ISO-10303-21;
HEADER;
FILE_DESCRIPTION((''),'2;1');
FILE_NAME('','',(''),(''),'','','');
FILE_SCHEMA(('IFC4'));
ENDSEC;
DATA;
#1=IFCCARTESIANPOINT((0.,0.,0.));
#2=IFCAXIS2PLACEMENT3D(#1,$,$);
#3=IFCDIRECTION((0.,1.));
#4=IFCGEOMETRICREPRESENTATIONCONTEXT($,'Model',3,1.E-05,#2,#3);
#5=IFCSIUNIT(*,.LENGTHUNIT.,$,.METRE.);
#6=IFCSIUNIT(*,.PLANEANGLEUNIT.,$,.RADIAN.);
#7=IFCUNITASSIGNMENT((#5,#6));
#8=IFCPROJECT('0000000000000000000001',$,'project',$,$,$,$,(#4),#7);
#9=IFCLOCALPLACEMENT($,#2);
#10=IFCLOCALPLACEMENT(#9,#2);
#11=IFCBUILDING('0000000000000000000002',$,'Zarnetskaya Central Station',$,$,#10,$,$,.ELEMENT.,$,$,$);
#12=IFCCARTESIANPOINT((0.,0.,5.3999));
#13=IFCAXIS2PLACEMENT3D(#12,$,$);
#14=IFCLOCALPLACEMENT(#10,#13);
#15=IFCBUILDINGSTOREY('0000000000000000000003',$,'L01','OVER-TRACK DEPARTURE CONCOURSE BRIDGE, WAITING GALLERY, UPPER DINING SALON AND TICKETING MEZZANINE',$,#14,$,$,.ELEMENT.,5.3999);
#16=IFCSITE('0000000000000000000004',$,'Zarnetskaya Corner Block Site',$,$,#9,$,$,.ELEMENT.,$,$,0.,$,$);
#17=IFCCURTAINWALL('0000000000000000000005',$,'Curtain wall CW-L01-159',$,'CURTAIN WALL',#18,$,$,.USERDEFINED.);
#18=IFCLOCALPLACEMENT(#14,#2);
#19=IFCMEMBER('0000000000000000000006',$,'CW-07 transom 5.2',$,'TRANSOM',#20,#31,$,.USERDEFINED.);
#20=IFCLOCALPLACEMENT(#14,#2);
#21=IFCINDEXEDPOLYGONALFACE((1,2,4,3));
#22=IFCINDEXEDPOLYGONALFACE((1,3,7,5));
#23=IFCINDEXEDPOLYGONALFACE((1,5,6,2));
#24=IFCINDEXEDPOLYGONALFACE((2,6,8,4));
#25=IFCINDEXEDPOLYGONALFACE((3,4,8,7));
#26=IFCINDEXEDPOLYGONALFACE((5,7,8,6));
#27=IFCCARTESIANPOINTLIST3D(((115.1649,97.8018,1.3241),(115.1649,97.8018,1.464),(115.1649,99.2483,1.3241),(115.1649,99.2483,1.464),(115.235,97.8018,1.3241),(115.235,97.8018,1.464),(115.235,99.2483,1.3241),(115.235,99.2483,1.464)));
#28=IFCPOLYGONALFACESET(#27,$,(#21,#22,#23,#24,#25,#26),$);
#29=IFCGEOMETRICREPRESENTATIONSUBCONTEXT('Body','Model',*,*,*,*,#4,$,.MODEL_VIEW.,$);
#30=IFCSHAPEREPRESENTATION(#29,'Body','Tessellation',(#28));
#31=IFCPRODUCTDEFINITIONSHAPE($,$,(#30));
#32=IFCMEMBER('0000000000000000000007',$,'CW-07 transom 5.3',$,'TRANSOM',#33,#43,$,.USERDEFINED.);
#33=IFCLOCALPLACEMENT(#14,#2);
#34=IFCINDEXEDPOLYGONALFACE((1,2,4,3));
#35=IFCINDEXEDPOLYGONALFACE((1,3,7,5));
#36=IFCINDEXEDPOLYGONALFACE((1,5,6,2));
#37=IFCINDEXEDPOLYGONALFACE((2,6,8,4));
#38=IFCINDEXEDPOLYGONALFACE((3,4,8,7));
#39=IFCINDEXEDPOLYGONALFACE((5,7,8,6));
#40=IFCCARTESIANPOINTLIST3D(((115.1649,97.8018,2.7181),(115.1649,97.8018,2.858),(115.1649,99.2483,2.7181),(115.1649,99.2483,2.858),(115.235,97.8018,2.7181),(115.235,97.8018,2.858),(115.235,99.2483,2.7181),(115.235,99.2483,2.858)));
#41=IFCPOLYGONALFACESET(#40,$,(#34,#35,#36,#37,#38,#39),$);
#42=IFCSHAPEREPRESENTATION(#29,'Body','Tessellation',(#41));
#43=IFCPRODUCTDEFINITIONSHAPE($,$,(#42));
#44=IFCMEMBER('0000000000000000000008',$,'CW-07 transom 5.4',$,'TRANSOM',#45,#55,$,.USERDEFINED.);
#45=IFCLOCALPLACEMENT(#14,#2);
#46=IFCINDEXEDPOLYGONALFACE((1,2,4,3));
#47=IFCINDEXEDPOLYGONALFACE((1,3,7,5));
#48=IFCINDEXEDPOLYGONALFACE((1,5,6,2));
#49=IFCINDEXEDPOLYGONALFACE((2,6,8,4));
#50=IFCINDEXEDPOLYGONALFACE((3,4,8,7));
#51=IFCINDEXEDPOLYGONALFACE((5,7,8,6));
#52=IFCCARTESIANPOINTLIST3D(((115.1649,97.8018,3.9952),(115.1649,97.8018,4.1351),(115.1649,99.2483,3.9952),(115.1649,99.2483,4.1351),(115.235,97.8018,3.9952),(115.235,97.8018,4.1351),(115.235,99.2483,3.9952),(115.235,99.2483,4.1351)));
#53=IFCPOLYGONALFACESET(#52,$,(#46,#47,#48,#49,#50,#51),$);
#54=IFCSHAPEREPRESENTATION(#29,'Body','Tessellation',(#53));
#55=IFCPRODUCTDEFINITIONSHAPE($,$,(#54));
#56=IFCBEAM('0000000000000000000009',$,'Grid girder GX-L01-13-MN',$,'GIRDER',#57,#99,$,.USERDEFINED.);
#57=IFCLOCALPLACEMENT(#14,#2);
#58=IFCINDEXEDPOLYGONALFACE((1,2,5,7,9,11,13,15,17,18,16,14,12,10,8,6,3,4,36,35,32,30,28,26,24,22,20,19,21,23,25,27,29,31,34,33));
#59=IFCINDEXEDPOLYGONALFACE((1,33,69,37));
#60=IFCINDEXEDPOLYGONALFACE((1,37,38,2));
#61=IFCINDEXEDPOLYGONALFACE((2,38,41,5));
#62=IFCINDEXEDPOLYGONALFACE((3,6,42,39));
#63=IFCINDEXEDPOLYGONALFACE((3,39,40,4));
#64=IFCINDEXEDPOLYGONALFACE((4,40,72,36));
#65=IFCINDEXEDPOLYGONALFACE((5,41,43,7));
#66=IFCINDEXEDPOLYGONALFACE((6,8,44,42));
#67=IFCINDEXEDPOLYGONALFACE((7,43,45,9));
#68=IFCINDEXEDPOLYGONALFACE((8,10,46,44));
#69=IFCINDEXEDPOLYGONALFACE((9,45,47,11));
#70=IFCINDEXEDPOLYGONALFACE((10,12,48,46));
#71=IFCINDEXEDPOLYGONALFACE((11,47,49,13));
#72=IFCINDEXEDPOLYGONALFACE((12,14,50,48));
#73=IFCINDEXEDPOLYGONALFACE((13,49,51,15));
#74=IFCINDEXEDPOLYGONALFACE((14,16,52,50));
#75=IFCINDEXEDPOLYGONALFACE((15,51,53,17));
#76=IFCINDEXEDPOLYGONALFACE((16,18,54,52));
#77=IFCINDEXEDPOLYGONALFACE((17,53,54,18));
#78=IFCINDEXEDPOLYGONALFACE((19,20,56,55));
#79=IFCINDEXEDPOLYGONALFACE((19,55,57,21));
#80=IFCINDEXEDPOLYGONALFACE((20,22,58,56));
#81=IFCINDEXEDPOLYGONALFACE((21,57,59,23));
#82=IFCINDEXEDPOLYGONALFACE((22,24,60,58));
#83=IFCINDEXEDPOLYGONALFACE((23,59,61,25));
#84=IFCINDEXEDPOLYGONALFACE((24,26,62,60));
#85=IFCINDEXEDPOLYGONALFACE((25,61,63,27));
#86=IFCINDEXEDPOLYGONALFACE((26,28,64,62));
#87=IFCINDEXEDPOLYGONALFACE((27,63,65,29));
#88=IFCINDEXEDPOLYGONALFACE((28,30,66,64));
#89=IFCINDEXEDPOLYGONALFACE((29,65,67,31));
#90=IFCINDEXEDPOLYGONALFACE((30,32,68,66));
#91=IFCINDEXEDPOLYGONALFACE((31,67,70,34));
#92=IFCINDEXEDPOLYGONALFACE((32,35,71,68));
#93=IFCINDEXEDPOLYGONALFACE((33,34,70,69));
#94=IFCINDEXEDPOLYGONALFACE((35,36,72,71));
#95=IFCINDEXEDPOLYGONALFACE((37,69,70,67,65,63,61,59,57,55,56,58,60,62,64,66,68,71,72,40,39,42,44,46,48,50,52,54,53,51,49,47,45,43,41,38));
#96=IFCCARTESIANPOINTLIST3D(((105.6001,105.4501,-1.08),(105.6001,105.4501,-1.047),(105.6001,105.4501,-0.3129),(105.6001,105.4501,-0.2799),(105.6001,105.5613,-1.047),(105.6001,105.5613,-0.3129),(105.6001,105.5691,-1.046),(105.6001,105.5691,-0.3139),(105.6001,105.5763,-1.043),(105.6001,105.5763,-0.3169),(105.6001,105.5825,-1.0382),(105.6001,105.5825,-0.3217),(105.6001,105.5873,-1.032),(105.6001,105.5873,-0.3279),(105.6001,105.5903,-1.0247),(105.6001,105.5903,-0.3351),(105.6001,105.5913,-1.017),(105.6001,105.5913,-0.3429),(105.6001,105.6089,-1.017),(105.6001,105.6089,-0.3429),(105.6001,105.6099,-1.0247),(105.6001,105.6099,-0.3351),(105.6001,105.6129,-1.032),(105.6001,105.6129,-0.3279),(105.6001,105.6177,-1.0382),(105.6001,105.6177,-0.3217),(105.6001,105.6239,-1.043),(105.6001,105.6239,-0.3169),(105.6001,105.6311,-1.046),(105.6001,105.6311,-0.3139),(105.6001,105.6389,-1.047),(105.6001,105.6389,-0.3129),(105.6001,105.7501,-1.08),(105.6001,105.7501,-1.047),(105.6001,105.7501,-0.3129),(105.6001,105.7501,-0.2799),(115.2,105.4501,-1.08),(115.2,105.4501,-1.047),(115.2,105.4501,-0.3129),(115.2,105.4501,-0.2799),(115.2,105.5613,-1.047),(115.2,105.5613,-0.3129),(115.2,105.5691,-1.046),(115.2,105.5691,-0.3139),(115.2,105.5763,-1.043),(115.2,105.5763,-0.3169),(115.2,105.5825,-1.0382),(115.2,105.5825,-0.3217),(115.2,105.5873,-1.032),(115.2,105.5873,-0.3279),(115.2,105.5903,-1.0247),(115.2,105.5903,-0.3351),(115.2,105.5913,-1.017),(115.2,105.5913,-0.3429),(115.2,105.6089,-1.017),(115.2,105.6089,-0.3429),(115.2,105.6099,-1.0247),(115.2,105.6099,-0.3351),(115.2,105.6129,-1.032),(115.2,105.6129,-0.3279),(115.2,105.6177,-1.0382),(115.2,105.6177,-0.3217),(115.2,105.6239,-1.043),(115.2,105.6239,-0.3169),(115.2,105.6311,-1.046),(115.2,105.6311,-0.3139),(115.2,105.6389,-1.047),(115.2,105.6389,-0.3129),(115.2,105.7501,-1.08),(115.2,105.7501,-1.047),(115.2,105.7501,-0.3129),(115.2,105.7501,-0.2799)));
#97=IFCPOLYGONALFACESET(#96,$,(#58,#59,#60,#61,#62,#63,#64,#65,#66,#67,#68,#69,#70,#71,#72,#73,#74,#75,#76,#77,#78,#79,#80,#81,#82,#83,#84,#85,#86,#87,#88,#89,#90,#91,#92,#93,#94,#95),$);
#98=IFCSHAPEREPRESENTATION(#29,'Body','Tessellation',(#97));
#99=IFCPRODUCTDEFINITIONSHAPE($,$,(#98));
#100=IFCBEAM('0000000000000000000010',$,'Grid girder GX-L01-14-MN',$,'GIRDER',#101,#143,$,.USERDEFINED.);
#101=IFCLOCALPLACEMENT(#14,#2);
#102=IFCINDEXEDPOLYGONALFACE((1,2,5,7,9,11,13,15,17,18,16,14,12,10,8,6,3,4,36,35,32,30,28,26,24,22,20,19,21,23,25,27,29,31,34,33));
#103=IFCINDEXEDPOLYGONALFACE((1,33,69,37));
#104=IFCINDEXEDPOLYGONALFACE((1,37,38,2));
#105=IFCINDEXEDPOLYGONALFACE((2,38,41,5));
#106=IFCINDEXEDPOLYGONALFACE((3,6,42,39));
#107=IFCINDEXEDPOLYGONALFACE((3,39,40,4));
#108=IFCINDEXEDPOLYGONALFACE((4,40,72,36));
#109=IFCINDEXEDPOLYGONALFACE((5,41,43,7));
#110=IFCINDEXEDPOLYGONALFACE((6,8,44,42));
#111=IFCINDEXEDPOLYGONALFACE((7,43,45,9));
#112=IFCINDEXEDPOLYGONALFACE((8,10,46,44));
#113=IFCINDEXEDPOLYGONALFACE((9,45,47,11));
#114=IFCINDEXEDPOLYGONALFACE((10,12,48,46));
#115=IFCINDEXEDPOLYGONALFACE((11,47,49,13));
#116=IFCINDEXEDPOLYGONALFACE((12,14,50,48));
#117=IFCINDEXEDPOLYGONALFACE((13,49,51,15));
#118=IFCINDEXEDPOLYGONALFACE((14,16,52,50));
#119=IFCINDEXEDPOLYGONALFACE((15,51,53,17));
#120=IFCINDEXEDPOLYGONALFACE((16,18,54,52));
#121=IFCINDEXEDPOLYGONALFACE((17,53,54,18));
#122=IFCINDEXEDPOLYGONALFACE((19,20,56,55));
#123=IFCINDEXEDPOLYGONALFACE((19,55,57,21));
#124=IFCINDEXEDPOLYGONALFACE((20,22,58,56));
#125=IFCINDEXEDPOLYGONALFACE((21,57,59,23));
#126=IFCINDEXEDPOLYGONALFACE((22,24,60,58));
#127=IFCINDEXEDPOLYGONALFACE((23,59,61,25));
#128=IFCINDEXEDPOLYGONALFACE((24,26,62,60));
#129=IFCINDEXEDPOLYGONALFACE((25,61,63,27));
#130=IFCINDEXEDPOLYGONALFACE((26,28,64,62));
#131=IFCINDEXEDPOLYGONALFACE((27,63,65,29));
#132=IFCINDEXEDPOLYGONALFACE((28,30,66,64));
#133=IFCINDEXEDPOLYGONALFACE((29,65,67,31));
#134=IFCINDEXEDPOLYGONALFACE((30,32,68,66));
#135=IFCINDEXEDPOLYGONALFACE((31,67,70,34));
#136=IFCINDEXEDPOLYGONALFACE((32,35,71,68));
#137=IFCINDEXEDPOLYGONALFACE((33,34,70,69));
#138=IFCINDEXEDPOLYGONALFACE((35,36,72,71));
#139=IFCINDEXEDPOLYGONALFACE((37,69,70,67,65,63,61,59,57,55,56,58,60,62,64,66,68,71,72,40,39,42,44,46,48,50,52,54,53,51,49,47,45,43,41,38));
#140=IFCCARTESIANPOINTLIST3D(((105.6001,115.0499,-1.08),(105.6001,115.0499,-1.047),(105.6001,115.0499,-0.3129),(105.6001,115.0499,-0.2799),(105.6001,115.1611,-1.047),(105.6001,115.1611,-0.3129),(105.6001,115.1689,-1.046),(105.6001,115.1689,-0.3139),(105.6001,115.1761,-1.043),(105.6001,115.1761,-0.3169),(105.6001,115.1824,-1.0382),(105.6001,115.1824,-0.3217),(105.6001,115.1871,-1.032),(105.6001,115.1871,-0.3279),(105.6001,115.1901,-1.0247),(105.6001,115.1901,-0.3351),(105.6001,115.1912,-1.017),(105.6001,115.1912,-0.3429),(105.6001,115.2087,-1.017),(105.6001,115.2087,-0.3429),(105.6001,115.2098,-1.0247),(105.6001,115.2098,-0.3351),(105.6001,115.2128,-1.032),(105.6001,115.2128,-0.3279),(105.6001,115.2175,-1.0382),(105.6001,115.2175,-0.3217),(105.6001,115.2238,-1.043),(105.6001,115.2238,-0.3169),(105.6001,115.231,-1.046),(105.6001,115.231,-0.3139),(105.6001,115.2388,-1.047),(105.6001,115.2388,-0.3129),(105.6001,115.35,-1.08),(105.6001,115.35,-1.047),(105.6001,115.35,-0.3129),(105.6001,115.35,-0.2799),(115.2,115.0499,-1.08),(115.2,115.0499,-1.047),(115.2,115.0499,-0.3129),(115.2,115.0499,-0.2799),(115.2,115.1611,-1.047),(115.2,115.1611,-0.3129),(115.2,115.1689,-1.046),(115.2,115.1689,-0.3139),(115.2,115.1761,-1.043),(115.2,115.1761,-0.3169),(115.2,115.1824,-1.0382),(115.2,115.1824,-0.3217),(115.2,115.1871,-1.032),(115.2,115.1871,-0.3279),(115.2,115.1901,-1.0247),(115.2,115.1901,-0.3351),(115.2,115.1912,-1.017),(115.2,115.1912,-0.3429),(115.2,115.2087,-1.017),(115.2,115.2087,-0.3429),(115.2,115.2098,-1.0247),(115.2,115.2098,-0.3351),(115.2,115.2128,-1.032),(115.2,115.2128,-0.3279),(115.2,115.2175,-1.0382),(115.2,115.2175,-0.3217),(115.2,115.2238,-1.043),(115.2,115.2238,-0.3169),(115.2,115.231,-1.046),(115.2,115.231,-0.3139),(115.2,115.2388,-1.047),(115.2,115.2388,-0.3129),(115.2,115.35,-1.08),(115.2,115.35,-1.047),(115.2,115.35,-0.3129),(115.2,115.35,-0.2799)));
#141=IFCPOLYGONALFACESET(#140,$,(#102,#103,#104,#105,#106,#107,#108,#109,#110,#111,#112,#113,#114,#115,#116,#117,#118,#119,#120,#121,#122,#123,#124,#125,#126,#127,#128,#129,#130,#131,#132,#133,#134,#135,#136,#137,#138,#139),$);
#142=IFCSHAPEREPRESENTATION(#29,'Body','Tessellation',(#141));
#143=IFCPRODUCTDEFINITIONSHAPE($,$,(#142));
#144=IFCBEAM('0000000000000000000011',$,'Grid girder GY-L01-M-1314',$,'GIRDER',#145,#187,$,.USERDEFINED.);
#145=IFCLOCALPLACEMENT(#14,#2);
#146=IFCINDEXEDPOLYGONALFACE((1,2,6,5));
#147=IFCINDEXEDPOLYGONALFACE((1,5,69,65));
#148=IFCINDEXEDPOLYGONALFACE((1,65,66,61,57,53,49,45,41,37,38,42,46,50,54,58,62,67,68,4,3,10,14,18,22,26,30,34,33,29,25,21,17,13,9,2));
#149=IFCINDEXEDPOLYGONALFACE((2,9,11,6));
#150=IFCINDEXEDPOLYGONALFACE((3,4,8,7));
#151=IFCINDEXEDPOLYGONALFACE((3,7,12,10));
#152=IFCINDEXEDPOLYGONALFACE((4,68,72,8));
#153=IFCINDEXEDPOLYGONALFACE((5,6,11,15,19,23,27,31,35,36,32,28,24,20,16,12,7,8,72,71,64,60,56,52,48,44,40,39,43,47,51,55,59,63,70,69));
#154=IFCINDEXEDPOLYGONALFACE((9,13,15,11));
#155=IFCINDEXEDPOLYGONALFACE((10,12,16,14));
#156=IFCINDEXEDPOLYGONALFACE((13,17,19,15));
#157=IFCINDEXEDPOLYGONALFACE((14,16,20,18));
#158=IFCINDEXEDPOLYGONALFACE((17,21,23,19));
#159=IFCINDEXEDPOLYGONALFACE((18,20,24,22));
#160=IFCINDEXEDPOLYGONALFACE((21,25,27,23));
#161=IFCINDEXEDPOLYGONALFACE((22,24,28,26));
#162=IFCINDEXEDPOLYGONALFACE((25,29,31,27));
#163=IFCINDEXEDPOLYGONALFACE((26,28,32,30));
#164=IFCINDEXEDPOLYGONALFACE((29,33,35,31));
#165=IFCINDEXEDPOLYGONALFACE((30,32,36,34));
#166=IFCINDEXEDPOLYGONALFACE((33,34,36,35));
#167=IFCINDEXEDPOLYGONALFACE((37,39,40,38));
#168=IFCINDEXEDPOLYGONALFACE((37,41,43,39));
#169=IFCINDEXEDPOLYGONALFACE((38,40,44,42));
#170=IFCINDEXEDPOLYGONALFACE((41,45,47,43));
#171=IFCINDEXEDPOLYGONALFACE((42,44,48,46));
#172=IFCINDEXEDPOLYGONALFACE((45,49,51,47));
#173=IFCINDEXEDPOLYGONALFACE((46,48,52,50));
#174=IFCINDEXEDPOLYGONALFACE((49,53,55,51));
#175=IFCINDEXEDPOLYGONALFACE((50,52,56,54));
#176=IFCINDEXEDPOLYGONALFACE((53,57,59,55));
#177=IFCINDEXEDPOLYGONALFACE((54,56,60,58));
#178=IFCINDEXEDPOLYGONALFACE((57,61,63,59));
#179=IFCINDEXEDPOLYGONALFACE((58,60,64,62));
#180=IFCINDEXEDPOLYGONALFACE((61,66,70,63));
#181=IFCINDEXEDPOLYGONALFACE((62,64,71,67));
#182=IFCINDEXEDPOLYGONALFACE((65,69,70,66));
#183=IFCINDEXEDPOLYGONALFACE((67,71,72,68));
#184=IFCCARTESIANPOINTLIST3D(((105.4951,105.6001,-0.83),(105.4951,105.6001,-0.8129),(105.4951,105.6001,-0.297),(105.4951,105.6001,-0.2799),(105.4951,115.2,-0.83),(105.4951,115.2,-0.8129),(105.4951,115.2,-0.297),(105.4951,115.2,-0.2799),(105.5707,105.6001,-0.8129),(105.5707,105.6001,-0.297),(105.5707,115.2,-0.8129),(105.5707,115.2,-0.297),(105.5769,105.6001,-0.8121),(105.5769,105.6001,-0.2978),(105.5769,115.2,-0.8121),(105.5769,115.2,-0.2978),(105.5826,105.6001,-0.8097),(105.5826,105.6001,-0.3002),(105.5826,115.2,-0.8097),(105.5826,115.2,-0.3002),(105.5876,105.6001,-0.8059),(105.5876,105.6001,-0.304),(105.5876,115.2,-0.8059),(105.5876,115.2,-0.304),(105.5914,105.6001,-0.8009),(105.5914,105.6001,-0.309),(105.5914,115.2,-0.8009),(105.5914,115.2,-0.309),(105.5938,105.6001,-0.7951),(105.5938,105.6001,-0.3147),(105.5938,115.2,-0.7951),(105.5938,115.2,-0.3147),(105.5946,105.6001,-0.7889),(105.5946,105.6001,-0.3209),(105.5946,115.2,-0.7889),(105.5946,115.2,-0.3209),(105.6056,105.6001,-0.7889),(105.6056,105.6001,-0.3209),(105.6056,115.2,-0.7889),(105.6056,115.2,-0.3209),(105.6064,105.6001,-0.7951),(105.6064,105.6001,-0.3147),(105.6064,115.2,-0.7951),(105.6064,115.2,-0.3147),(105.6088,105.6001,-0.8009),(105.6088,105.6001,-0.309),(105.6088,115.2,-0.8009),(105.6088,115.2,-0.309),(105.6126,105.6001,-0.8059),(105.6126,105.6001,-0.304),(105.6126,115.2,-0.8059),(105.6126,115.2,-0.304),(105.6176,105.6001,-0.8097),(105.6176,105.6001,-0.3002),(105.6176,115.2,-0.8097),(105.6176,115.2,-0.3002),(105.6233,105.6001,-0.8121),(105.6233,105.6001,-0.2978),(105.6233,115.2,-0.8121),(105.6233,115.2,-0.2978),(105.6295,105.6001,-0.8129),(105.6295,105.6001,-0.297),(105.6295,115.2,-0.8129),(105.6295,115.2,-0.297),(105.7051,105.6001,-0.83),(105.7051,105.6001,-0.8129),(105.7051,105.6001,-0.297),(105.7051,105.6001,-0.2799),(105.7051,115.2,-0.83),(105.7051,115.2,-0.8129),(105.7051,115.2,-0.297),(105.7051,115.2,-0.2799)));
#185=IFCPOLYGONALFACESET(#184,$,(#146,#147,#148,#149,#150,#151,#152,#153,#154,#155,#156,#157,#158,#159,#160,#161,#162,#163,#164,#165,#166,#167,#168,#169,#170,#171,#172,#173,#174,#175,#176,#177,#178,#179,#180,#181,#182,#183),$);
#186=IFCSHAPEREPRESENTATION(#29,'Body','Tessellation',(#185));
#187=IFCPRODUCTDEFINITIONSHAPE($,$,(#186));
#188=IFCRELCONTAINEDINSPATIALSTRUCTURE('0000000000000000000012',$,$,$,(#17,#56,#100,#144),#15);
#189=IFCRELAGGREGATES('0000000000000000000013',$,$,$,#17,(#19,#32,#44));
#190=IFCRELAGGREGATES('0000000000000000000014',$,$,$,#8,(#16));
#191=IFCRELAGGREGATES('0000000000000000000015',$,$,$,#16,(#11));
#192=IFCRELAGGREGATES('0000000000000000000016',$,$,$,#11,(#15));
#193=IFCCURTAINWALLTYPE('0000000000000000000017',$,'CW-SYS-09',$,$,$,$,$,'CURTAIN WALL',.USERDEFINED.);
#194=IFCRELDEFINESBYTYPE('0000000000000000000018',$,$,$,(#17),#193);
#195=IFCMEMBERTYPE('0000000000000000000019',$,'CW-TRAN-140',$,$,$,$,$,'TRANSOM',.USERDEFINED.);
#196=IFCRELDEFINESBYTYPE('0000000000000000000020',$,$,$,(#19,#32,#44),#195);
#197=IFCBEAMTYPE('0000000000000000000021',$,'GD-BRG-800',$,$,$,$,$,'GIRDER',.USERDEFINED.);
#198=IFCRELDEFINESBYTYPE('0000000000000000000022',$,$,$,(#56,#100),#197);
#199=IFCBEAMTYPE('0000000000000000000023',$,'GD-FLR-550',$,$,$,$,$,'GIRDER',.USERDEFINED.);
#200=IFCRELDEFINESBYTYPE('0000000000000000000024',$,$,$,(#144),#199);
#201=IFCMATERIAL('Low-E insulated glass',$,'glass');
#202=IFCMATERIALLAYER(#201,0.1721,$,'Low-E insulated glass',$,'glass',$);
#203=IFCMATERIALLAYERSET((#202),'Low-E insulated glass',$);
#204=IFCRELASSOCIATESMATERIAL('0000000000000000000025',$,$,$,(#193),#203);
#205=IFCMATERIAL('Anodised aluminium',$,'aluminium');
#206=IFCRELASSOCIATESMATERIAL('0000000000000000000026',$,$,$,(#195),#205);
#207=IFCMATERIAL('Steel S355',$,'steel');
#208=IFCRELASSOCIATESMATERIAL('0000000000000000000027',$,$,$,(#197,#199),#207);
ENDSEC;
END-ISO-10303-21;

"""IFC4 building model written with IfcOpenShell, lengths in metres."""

from ifc_helpers import new_model, si_unit, direction, frame, origin, origin_2d, place, context, subcontext, project, spatial, rectangle, i_section, extrude, material, layer, layer_set, material_profile, profile_set, type_object, element, aggregate, save


model = new_model("IFC4")

# Units and contexts
model_context = context("Model", 3, precision=1e-05, world=origin(), true_north=direction((0.0, 1.0)))
body_context = subcontext(model_context, "Body", "Model", "MODEL_VIEW")
ifc_project = project(units=[si_unit("LENGTHUNIT", "METRE"), si_unit("PLANEANGLEUNIT", "RADIAN")], contexts=[model_context])

# Site, building, storey
site_placement = place(None, origin())
site = spatial("IfcSite", under=ifc_project, at=site_placement, Name="Zarnetskaya Corner Block Site", CompositionType="ELEMENT", RefElevation=0.0)
building_placement = place(site_placement, origin())
building = spatial("IfcBuilding", under=site, at=building_placement, Name="Zarnetskaya Central Station", CompositionType="ELEMENT")
storey_placement = place(building_placement, frame((0.0, 0.0, 5.3999)))
storey = spatial("IfcBuildingStorey", under=building, at=storey_placement, Name="L01", Description="OVER-TRACK DEPARTURE CONCOURSE BRIDGE, WAITING GALLERY, UPPER DINING SALON AND TICKETING MEZZANINE", CompositionType="ELEMENT", Elevation=5.3999)

# Shared definitions
ifc_material_1 = material(Name="Steel S355", Category="steel")

# Curtain wall, members
ifc_material_2 = material(Name="Low-E insulated glass", Category="glass")
ifc_layer_1 = layer(ifc_material_2, 0.1721, Name="Low-E insulated glass", Category="glass")
ifc_layer_set_1 = layer_set([ifc_layer_1], Name="Low-E insulated glass")
curtain_wall_type = type_object("IfcCurtainWallType", Name="CW-SYS-09", ElementType="CURTAIN WALL", PredefinedType="USERDEFINED", material=ifc_layer_set_1)
curtain_wall_1_placement = place(storey_placement, origin())
curtain_wall_1 = element("IfcCurtainWall", 1, at=curtain_wall_1_placement, inside=storey, type_object=curtain_wall_type, Name="Curtain wall CW-L01-159", ObjectType="CURTAIN WALL", PredefinedType="USERDEFINED")
ifc_material_3 = material(Name="Anodised aluminium", Category="aluminium")
ifc_material_profile_1 = material_profile(ifc_material_3, rectangle(XDim=0.0701, YDim=0.1399, at=origin_2d()), Name="ALU TRAN 70x140")
ifc_profile_set_1 = profile_set([ifc_material_profile_1], Name="Anodised aluminium")
member_type_1 = type_object("IfcMemberType", Name="CW-TRAN-140", ElementType="TRANSOM", PredefinedType="USERDEFINED", material=ifc_profile_set_1)
member_1_placement = place(storey_placement, frame((115.2, 99.2483, 1.394), z_axis=(0.0, -1.0, 0.0), x_axis=(1.0, 0.0, 0.0)))
member_1 = element("IfcMember", 2, at=member_1_placement, type_object=member_type_1, Name="CW-07 transom 5.2", ObjectType="TRANSOM", PredefinedType="USERDEFINED", context=body_context, shape_type="SweptSolid", body=[
    extrude(rectangle(XDim=0.0701, YDim=0.1399, at=origin_2d()), origin(), (0.0, 0.0, 1.0), 1.4465),
])
member_2_placement = place(storey_placement, frame((115.2, 99.2483, 2.7881), z_axis=(0.0, -1.0, 0.0), x_axis=(1.0, 0.0, 0.0)))
member_2 = element("IfcMember", 3, at=member_2_placement, type_object=member_type_1, Name="CW-07 transom 5.3", ObjectType="TRANSOM", PredefinedType="USERDEFINED", context=body_context, shape_type="SweptSolid", body=[
    extrude(rectangle(XDim=0.0701, YDim=0.1399, at=origin_2d()), origin(), (0.0, 0.0, 1.0), 1.4465),
])
member_3_placement = place(storey_placement, frame((115.2, 99.2483, 4.0652), z_axis=(0.0, -1.0, 0.0), x_axis=(1.0, 0.0, 0.0)))
member_3 = element("IfcMember", 4, at=member_3_placement, type_object=member_type_1, Name="CW-07 transom 5.4", ObjectType="TRANSOM", PredefinedType="USERDEFINED", context=body_context, shape_type="SweptSolid", body=[
    extrude(rectangle(XDim=0.0701, YDim=0.1399, at=origin_2d()), origin(), (0.0, 0.0, 1.0), 1.4465),
])

# Beams
ifc_material_profile_2 = material_profile(ifc_material_1, i_section(OverallWidth=0.3, OverallDepth=0.8, WebThickness=0.0176, FlangeThickness=0.033, FilletRadius=0.03, at=origin_2d()), Name="HEB 800")
ifc_profile_set_2 = profile_set([ifc_material_profile_2], Name="Steel S355")
beam_type_1 = type_object("IfcBeamType", Name="GD-BRG-800", ElementType="GIRDER", PredefinedType="USERDEFINED", material=ifc_profile_set_2)
for number, where, z_axis, x_axis, name in (
    (5, (105.6001, 105.6001, -0.6799), (1.0, 0.0, 0.0), (0.0, 1.0, 0.0), "Grid girder GX-L01-13-MN"),
    (6, (105.6001, 115.2, -0.6799), (1.0, 0.0, 0.0), (0.0, 1.0, 0.0), "Grid girder GX-L01-14-MN"),
):
    element("IfcBeam", number, at=place(storey_placement, frame(where, z_axis=z_axis, x_axis=x_axis)), inside=storey, type_object=beam_type_1, Name=name, ObjectType="GIRDER", PredefinedType="USERDEFINED", context=body_context, shape_type="SweptSolid", body=[
        extrude(i_section(OverallWidth=0.3, OverallDepth=0.8, WebThickness=0.0176, FlangeThickness=0.033, FilletRadius=0.03, at=origin_2d()), origin(), (0.0, 0.0, 1.0), 9.5999),
    ])
ifc_material_profile_3 = material_profile(ifc_material_1, i_section(OverallWidth=0.21, OverallDepth=0.55, WebThickness=0.011, FlangeThickness=0.0171, FilletRadius=0.0239, at=origin_2d()), Name="IPE 550")
ifc_profile_set_3 = profile_set([ifc_material_profile_3], Name="Steel S355")
beam_type_2 = type_object("IfcBeamType", Name="GD-FLR-550", ElementType="GIRDER", PredefinedType="USERDEFINED", material=ifc_profile_set_3)
beam_1_placement = place(storey_placement, frame((105.6001, 105.6001, -0.5549), z_axis=(0.0, 1.0, 0.0), x_axis=(-1.0, 0.0, 0.0)))
element("IfcBeam", 7, at=beam_1_placement, inside=storey, type_object=beam_type_2, Name="Grid girder GY-L01-M-1314", ObjectType="GIRDER", PredefinedType="USERDEFINED", context=body_context, shape_type="SweptSolid", body=[
    extrude(i_section(OverallWidth=0.21, OverallDepth=0.55, WebThickness=0.011, FlangeThickness=0.0171, FilletRadius=0.0239, at=origin_2d()), origin(), (0.0, 0.0, 1.0), 9.5999),
])

aggregate(curtain_wall_1, [member_1, member_2, member_3])

save(model, "model.ifc")
